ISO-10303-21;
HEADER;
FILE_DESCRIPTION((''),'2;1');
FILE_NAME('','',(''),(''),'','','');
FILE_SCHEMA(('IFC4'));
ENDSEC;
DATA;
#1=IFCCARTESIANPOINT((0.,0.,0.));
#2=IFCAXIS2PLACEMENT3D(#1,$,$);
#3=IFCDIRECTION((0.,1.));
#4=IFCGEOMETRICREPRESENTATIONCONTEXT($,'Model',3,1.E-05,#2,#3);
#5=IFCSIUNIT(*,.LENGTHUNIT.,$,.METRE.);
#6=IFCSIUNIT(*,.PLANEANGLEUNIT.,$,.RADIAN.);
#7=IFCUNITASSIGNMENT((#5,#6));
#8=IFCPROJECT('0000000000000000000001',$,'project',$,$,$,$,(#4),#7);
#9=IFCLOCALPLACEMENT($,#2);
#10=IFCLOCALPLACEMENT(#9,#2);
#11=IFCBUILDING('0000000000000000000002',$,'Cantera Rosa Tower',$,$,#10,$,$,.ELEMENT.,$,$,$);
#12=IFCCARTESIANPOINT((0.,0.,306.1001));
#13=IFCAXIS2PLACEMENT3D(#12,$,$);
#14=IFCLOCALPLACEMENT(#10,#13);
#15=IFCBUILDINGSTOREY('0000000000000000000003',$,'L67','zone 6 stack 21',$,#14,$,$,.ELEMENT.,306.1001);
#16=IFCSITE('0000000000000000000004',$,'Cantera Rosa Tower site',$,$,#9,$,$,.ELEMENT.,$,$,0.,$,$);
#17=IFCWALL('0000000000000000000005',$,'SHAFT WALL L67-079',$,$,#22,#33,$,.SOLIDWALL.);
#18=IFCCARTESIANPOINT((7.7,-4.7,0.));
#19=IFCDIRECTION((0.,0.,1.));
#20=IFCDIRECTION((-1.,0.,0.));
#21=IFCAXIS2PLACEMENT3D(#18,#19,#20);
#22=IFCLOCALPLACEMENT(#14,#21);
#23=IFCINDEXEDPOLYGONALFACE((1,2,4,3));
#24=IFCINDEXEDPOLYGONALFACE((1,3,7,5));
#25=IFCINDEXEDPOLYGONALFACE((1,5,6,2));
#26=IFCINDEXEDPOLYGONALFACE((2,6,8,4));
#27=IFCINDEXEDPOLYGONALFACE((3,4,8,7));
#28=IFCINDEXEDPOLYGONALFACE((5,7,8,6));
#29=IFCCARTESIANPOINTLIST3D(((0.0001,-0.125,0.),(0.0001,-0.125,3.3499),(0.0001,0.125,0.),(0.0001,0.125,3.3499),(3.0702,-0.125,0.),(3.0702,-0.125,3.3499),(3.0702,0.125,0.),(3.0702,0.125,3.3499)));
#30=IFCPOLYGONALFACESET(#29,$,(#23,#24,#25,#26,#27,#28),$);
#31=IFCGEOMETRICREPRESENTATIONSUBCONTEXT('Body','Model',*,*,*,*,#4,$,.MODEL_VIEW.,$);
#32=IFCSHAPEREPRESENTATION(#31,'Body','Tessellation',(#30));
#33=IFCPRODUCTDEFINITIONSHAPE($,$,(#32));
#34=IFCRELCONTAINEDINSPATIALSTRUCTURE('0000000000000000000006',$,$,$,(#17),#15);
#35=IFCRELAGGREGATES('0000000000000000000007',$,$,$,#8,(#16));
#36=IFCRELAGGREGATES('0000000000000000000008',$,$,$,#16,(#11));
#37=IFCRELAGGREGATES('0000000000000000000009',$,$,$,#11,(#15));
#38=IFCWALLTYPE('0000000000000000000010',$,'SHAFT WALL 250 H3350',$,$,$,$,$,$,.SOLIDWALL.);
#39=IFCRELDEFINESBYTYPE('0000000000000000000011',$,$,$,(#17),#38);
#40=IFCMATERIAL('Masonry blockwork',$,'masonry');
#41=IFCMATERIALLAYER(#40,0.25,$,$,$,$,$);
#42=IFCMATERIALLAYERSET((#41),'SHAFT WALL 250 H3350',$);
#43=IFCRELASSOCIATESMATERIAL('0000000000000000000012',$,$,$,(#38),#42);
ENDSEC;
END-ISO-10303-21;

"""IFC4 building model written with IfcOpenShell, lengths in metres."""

from ifc_helpers import new_model, si_unit, direction, frame, frame_2d, origin, place, context, subcontext, project, spatial, rectangle, extrude, material, layer, layer_set, type_object, element, save


model = new_model("IFC4")

# Units and contexts
model_context = context("Model", 3, precision=1e-05, world=origin(), true_north=direction((0.0, 1.0)))
body_context = subcontext(model_context, "Body", "Model", "MODEL_VIEW")
ifc_project = project(units=[si_unit("LENGTHUNIT", "METRE"), si_unit("PLANEANGLEUNIT", "RADIAN")], contexts=[model_context])

# Site, building, storey
site_placement = place(None, origin())
site = spatial("IfcSite", under=ifc_project, at=site_placement, Name="Cantera Rosa Tower site", CompositionType="ELEMENT", RefElevation=0.0)
building_placement = place(site_placement, origin())
building = spatial("IfcBuilding", under=site, at=building_placement, Name="Cantera Rosa Tower", CompositionType="ELEMENT")
storey_placement = place(building_placement, frame((0.0, 0.0, 306.1001)))
storey = spatial("IfcBuildingStorey", under=building, at=storey_placement, Name="L67", Description="zone 6 stack 21", CompositionType="ELEMENT", Elevation=306.1001)

# Wall
ifc_material_1 = material(Name="Masonry blockwork", Category="masonry")
ifc_layer_1 = layer(ifc_material_1, 0.25)
ifc_layer_set_1 = layer_set([ifc_layer_1], Name="SHAFT WALL 250 H3350")
wall_type_1 = type_object("IfcWallType", Name="SHAFT WALL 250 H3350", PredefinedType="SOLIDWALL", material=ifc_layer_set_1)
wall_1_placement = place(storey_placement, frame((7.7, -4.7, 0.0), z_axis=(0.0, 0.0, 1.0), x_axis=(-1.0, 0.0, 0.0)))
element("IfcWall", 1, at=wall_1_placement, inside=storey, type_object=wall_type_1, Name="SHAFT WALL L67-079", PredefinedType="SOLIDWALL", context=body_context, shape_type="SweptSolid", body=[
    extrude(rectangle(XDim=3.0701, YDim=0.25, at=frame_2d((1.5352, 0.0))), origin(), (0.0, 0.0, 1.0), 3.3499),
])

save(model, "model.ifc")
